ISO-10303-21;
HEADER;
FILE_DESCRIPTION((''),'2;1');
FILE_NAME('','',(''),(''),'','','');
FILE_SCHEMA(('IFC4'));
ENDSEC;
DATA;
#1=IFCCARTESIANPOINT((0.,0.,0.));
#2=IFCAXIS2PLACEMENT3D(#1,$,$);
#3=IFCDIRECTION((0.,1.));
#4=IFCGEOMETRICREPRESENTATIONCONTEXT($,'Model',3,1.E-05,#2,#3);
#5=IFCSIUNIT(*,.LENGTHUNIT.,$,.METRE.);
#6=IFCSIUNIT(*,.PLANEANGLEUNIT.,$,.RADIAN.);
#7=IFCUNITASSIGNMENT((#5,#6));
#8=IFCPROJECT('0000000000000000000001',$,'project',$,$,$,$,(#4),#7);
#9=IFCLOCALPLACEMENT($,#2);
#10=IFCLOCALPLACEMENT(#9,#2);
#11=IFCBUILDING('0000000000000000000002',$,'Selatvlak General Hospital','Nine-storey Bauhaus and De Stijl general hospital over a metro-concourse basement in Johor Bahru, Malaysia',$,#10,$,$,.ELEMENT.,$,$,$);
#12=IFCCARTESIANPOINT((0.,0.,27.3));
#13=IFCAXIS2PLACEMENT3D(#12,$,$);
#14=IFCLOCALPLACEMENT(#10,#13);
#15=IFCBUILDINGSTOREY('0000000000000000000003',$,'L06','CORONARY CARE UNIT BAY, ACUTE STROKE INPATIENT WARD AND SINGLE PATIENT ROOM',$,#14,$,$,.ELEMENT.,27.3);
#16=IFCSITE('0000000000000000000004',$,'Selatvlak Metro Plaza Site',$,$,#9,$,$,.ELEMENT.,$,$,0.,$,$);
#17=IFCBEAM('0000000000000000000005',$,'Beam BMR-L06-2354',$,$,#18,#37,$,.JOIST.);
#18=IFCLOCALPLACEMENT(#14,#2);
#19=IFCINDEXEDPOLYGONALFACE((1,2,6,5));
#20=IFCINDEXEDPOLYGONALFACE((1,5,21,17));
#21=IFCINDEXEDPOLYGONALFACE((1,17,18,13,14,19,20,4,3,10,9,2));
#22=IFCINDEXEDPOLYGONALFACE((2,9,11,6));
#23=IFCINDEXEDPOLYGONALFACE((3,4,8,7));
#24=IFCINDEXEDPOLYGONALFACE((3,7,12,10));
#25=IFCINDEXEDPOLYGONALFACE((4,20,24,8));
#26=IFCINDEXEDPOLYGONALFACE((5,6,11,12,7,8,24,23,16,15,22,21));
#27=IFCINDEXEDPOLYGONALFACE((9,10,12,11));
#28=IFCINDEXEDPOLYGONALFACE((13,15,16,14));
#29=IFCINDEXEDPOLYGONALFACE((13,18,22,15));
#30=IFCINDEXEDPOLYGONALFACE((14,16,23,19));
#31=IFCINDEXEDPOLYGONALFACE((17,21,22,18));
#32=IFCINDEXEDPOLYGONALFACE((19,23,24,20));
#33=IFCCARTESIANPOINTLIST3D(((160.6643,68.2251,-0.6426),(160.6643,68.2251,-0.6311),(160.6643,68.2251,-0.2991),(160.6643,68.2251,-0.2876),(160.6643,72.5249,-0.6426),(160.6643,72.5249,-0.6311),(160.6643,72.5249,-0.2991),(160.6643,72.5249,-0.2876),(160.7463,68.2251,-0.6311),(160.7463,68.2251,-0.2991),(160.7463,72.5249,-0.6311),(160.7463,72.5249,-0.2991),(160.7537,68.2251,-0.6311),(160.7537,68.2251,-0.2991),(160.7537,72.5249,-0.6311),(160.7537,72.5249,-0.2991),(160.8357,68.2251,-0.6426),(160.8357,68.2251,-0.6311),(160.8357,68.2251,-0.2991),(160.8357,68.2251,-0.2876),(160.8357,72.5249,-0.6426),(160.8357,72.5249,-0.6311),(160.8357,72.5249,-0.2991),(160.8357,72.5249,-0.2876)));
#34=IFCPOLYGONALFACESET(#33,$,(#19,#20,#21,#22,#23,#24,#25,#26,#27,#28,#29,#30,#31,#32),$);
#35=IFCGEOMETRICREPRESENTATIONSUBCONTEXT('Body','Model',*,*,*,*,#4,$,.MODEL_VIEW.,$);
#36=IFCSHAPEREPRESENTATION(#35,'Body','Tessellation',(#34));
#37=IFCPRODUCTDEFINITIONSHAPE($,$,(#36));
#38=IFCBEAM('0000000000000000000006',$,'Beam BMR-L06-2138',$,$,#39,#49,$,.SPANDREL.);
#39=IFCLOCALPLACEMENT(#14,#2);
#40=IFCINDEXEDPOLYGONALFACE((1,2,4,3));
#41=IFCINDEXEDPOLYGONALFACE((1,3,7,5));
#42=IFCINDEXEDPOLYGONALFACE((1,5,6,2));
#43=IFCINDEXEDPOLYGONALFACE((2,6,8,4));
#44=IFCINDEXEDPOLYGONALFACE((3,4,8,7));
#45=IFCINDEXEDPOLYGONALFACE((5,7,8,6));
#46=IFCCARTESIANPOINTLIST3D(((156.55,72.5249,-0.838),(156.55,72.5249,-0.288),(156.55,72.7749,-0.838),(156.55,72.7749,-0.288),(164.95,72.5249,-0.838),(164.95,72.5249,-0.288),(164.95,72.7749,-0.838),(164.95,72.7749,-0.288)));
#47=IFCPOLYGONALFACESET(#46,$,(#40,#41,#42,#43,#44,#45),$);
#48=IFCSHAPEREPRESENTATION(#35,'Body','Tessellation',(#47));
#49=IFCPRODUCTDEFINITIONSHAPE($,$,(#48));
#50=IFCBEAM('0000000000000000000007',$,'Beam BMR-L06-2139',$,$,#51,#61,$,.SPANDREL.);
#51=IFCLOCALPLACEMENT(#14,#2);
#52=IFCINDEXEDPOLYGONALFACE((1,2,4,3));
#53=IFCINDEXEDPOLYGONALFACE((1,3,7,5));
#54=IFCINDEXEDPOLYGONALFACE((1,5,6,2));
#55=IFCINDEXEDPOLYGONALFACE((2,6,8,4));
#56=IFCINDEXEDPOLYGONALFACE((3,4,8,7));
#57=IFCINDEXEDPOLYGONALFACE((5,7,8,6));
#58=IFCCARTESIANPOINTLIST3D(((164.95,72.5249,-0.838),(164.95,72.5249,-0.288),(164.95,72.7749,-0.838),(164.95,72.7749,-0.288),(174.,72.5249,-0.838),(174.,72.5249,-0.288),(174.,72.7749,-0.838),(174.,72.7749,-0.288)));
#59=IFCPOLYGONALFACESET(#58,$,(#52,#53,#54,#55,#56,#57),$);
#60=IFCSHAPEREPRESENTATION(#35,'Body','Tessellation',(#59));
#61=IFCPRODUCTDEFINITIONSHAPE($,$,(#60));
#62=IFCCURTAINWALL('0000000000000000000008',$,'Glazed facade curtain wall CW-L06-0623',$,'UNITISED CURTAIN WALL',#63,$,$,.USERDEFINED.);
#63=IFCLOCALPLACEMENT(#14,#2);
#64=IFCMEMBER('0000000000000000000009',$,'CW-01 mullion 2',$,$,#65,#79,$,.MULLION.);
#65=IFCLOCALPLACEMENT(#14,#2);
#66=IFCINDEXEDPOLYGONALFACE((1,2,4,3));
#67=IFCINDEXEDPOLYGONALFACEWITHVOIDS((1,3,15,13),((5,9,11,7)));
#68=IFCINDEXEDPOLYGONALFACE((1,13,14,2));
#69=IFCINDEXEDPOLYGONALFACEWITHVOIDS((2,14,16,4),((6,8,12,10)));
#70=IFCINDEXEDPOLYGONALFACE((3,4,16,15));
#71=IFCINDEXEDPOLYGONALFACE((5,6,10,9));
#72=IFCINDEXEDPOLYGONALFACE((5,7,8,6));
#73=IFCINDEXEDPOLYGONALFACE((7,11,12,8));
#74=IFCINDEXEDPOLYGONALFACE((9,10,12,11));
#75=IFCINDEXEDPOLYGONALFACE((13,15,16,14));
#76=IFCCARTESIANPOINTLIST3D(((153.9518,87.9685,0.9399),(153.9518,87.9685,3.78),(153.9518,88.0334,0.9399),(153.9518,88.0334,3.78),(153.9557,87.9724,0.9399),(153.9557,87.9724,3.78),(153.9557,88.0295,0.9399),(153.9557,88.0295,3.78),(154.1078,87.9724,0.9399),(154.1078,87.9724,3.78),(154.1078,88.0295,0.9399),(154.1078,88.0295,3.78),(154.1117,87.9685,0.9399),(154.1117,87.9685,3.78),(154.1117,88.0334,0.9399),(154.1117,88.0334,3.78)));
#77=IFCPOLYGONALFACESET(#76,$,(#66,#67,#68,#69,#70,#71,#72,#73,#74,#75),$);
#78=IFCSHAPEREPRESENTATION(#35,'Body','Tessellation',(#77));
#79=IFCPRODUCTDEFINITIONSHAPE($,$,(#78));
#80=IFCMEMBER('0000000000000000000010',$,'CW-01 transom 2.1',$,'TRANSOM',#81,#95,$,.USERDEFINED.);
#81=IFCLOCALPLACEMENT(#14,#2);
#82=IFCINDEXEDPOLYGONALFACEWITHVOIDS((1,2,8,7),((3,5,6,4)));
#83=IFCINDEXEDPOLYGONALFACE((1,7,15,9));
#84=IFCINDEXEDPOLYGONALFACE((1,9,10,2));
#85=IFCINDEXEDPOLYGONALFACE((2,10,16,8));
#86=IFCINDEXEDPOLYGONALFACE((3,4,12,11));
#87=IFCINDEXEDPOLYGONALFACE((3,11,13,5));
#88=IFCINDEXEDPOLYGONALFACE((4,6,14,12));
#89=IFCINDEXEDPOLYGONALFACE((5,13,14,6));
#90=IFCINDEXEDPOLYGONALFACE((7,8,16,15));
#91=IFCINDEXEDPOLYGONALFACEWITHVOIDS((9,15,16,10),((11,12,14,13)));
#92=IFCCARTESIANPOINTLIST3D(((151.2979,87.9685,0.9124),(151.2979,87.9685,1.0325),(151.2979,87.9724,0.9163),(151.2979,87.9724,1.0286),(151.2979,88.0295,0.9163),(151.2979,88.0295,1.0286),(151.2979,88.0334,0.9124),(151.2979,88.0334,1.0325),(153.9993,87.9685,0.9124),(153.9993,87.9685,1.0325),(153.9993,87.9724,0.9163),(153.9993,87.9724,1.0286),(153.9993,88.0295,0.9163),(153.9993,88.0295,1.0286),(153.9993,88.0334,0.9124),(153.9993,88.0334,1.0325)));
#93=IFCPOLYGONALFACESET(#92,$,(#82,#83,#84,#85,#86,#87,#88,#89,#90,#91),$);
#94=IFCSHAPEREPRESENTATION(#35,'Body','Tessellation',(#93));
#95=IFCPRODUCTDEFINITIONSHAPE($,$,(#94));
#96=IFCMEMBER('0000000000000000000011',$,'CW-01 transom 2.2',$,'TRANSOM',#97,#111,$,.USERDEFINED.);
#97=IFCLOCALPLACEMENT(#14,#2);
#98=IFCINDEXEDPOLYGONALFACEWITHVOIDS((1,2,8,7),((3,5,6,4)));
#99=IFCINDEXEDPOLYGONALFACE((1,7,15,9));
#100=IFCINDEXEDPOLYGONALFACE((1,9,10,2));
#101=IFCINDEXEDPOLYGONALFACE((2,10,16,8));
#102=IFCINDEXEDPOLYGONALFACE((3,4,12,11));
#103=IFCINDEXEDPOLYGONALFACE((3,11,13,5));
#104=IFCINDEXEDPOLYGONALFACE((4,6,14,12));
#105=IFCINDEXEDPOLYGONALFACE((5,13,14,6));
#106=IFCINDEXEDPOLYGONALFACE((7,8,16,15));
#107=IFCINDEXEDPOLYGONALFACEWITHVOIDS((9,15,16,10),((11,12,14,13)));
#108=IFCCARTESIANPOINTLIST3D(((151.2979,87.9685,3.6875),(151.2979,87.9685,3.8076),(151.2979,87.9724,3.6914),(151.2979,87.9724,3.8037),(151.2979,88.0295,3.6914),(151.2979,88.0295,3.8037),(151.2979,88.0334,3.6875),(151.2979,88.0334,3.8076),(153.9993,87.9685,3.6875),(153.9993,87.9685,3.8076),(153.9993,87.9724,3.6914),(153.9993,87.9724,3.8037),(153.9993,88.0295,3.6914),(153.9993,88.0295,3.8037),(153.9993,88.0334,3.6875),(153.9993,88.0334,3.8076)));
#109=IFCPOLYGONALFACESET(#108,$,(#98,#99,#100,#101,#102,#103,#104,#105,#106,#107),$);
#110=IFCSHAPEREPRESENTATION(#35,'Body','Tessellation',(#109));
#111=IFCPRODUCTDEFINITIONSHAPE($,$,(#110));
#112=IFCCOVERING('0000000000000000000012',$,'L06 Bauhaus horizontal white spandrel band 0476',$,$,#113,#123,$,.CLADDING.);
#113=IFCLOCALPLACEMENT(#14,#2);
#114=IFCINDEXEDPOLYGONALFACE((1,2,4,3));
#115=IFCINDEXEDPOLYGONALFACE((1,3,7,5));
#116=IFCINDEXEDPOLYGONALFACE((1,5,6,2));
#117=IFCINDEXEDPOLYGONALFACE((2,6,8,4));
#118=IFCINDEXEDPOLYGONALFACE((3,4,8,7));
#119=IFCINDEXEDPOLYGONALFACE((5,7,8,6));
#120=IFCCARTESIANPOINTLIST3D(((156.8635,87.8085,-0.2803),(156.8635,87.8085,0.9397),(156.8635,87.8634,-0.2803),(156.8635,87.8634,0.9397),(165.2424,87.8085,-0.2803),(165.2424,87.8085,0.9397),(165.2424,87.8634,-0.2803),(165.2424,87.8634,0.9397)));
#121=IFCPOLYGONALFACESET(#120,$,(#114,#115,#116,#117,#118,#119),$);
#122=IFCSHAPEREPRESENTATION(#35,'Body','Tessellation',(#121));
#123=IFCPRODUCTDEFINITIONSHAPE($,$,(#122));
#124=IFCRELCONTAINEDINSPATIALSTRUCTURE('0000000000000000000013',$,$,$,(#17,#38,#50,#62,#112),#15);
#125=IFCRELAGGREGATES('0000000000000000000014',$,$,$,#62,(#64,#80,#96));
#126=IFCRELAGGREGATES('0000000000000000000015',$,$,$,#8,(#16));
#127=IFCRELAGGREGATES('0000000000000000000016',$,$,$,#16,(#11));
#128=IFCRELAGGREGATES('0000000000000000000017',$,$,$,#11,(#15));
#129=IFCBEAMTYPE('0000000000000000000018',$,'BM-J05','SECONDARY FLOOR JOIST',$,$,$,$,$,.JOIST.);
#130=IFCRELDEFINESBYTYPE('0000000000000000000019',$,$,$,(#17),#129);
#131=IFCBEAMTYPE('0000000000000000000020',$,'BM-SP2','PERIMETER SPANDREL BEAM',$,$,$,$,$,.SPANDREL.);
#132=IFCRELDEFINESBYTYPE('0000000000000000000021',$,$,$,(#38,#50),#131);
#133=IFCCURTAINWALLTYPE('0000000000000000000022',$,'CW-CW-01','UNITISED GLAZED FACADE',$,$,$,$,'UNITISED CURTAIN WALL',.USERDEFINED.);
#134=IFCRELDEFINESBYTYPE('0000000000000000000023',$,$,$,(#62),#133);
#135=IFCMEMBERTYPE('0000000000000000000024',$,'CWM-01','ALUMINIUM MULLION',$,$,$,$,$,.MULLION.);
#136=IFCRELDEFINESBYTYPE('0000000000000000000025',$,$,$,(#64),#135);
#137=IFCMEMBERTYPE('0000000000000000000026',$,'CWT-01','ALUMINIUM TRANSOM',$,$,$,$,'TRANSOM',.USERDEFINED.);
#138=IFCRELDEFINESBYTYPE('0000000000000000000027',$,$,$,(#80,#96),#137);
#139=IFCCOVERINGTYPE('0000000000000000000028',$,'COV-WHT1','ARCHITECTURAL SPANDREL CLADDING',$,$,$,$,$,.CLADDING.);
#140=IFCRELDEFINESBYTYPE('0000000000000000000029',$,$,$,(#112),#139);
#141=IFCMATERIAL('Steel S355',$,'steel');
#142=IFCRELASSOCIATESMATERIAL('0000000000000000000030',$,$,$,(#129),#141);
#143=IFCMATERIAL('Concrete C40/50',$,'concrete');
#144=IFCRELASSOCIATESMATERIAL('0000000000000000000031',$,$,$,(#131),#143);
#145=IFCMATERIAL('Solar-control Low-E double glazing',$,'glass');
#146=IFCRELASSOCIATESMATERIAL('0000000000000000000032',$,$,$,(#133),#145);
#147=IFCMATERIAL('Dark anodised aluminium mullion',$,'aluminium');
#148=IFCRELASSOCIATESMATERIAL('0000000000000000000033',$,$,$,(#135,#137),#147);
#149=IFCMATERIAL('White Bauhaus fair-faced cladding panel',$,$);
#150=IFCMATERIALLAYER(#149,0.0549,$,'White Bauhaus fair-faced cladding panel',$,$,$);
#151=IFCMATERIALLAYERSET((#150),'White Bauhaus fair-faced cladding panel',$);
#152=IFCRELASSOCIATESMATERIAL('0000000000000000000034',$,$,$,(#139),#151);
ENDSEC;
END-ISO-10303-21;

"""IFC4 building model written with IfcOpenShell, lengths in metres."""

from ifc_helpers import new_model, si_unit, direction, frame, origin, origin_2d, place, context, subcontext, project, spatial, rectangle, hollow_rectangle, i_section, extrude, material, layer, layer_set, material_profile, profile_set, type_object, element, aggregate, save


model = new_model("IFC4")

# Units and contexts
model_context = context("Model", 3, precision=1e-05, world=origin(), true_north=direction((0.0, 1.0)))
body_context = subcontext(model_context, "Body", "Model", "MODEL_VIEW")
ifc_project = project(units=[si_unit("LENGTHUNIT", "METRE"), si_unit("PLANEANGLEUNIT", "RADIAN")], contexts=[model_context])

# Site, building, storey
site_placement = place(None, origin())
site = spatial("IfcSite", under=ifc_project, at=site_placement, Name="Selatvlak Metro Plaza Site", CompositionType="ELEMENT", RefElevation=0.0)
building_placement = place(site_placement, origin())
building = spatial("IfcBuilding", under=site, at=building_placement, Name="Selatvlak General Hospital", Description="Nine-storey Bauhaus and De Stijl general hospital over a metro-concourse basement in Johor Bahru, Malaysia", CompositionType="ELEMENT")
storey_placement = place(building_placement, frame((0.0, 0.0, 27.3)))
storey = spatial("IfcBuildingStorey", under=building, at=storey_placement, Name="L06", Description="CORONARY CARE UNIT BAY, ACUTE STROKE INPATIENT WARD AND SINGLE PATIENT ROOM", CompositionType="ELEMENT", Elevation=27.3)

# Beams
ifc_material_1 = material(Name="Concrete C40/50", Category="concrete")
ifc_material_2 = material(Name="Steel S355", Category="steel")
ifc_material_profile_1 = material_profile(ifc_material_2, i_section(OverallWidth=0.1714, OverallDepth=0.355, WebThickness=0.0073, FlangeThickness=0.0115, at=origin_2d()), Name="UB 356x171x51")
ifc_profile_set_1 = profile_set([ifc_material_profile_1], Name="Steel S355")
beam_type_1 = type_object("IfcBeamType", Name="BM-J05", Description="SECONDARY FLOOR JOIST", PredefinedType="JOIST", material=ifc_profile_set_1)
beam_1_placement = place(storey_placement, frame((160.75, 68.2251, -0.4651), z_axis=(0.0, 1.0, 0.0), x_axis=(-1.0, 0.0, 0.0)))
element("IfcBeam", 1, at=beam_1_placement, inside=storey, type_object=beam_type_1, Name="Beam BMR-L06-2354", PredefinedType="JOIST", context=body_context, shape_type="SweptSolid", body=[
    extrude(i_section(OverallWidth=0.1714, OverallDepth=0.355, WebThickness=0.0073, FlangeThickness=0.0115, at=origin_2d()), origin(), (0.0, 0.0, 1.0), 4.2998),
])
ifc_material_profile_2 = material_profile(ifc_material_1, rectangle(XDim=0.25, YDim=0.55, at=origin_2d()), Name="RC-SP 250x550")
ifc_profile_set_2 = profile_set([ifc_material_profile_2], Name="Concrete C40/50")
beam_type_2 = type_object("IfcBeamType", Name="BM-SP2", Description="PERIMETER SPANDREL BEAM", PredefinedType="SPANDREL", material=ifc_profile_set_2)
beam_2_placement = place(storey_placement, frame((156.55, 72.6499, -0.563), z_axis=(1.0, 0.0, 0.0), x_axis=(0.0, 1.0, 0.0)))
element("IfcBeam", 2, at=beam_2_placement, inside=storey, type_object=beam_type_2, Name="Beam BMR-L06-2138", PredefinedType="SPANDREL", context=body_context, shape_type="SweptSolid", body=[
    extrude(rectangle(XDim=0.25, YDim=0.55, at=origin_2d()), origin(), (0.0, 0.0, 1.0), 8.3999),
])
beam_3_placement = place(storey_placement, frame((164.95, 72.6499, -0.563), z_axis=(1.0, 0.0, 0.0), x_axis=(0.0, 1.0, 0.0)))
element("IfcBeam", 3, at=beam_3_placement, inside=storey, type_object=beam_type_2, Name="Beam BMR-L06-2139", PredefinedType="SPANDREL", context=body_context, shape_type="SweptSolid", body=[
    extrude(rectangle(XDim=0.25, YDim=0.55, at=origin_2d()), origin(), (0.0, 0.0, 1.0), 9.05),
])

# Curtain wall, members
ifc_material_3 = material(Name="Solar-control Low-E double glazing", Category="glass")
curtain_wall_type = type_object("IfcCurtainWallType", Name="CW-CW-01", Description="UNITISED GLAZED FACADE", ElementType="UNITISED CURTAIN WALL", PredefinedType="USERDEFINED", material=ifc_material_3)
curtain_wall_placement = place(storey_placement, origin())
curtain_wall = element("IfcCurtainWall", 4, at=curtain_wall_placement, inside=storey, type_object=curtain_wall_type, Name="Glazed facade curtain wall CW-L06-0623", ObjectType="UNITISED CURTAIN WALL", PredefinedType="USERDEFINED")
ifc_material_4 = material(Name="Dark anodised aluminium mullion", Category="aluminium")
ifc_material_profile_3 = material_profile(ifc_material_4, hollow_rectangle(XDim=0.0649, YDim=0.1599, WallThickness=0.0039, at=origin_2d()), Name="AL-MUL 65x160x4")
ifc_profile_set_3 = profile_set([ifc_material_profile_3], Name="Dark anodised aluminium mullion")
member_type_1 = type_object("IfcMemberType", Name="CWM-01", Description="ALUMINIUM MULLION", PredefinedType="MULLION", material=ifc_profile_set_3)
member_1_placement = place(storey_placement, frame((154.0317, 88.001, 0.9399), z_axis=(0.0, 0.0, 1.0), x_axis=(0.0, -1.0, 0.0)))
member_1 = element("IfcMember", 5, at=member_1_placement, type_object=member_type_1, Name="CW-01 mullion 2", PredefinedType="MULLION", context=body_context, shape_type="SweptSolid", body=[
    extrude(hollow_rectangle(XDim=0.0649, YDim=0.1599, WallThickness=0.0039, at=origin_2d()), origin(), (0.0, 0.0, 1.0), 2.8401),
])
ifc_material_profile_4 = material_profile(ifc_material_4, hollow_rectangle(XDim=0.0649, YDim=0.1201, WallThickness=0.0039, at=origin_2d()), Name="AL-TRN 65x120x4")
ifc_profile_set_4 = profile_set([ifc_material_profile_4], Name="Dark anodised aluminium mullion")
member_type_2 = type_object("IfcMemberType", Name="CWT-01", Description="ALUMINIUM TRANSOM", ElementType="TRANSOM", PredefinedType="USERDEFINED", material=ifc_profile_set_4)
member_2_placement = place(storey_placement, frame((153.9993, 88.001, 0.9724), z_axis=(-1.0, 0.0, 0.0), x_axis=(0.0, -1.0, 0.0)))
member_2 = element("IfcMember", 6, at=member_2_placement, type_object=member_type_2, Name="CW-01 transom 2.1", ObjectType="TRANSOM", PredefinedType="USERDEFINED", context=body_context, shape_type="SweptSolid", body=[
    extrude(hollow_rectangle(XDim=0.0649, YDim=0.1201, WallThickness=0.0039, at=origin_2d()), origin(), (0.0, 0.0, 1.0), 2.7014),
])
member_3_placement = place(storey_placement, frame((153.9993, 88.001, 3.7476), z_axis=(-1.0, 0.0, 0.0), x_axis=(0.0, -1.0, 0.0)))
member_3 = element("IfcMember", 7, at=member_3_placement, type_object=member_type_2, Name="CW-01 transom 2.2", ObjectType="TRANSOM", PredefinedType="USERDEFINED", context=body_context, shape_type="SweptSolid", body=[
    extrude(hollow_rectangle(XDim=0.0649, YDim=0.1201, WallThickness=0.0039, at=origin_2d()), origin(), (0.0, 0.0, 1.0), 2.7014),
])
aggregate(curtain_wall, [member_1, member_2, member_3])

# Covering
ifc_material_5 = material(Name="White Bauhaus fair-faced cladding panel")
ifc_layer = layer(ifc_material_5, 0.0549, Name="White Bauhaus fair-faced cladding panel")
ifc_layer_set = layer_set([ifc_layer], Name="White Bauhaus fair-faced cladding panel")
covering_type = type_object("IfcCoveringType", Name="COV-WHT1", Description="ARCHITECTURAL SPANDREL CLADDING", PredefinedType="CLADDING", material=ifc_layer_set)
covering_placement = place(storey_placement, frame((161.053, 87.8359, -0.2803), z_axis=(0.0, 0.0, 1.0), x_axis=(-1.0, 0.0, 0.0)))
element("IfcCovering", 8, at=covering_placement, inside=storey, type_object=covering_type, Name="L06 Bauhaus horizontal white spandrel band 0476", PredefinedType="CLADDING", context=body_context, shape_type="SweptSolid", body=[
    extrude(rectangle(XDim=8.3789, YDim=0.0549, at=origin_2d()), origin(), (0.0, 0.0, 1.0), 1.22),
])

save(model, "model.ifc")
